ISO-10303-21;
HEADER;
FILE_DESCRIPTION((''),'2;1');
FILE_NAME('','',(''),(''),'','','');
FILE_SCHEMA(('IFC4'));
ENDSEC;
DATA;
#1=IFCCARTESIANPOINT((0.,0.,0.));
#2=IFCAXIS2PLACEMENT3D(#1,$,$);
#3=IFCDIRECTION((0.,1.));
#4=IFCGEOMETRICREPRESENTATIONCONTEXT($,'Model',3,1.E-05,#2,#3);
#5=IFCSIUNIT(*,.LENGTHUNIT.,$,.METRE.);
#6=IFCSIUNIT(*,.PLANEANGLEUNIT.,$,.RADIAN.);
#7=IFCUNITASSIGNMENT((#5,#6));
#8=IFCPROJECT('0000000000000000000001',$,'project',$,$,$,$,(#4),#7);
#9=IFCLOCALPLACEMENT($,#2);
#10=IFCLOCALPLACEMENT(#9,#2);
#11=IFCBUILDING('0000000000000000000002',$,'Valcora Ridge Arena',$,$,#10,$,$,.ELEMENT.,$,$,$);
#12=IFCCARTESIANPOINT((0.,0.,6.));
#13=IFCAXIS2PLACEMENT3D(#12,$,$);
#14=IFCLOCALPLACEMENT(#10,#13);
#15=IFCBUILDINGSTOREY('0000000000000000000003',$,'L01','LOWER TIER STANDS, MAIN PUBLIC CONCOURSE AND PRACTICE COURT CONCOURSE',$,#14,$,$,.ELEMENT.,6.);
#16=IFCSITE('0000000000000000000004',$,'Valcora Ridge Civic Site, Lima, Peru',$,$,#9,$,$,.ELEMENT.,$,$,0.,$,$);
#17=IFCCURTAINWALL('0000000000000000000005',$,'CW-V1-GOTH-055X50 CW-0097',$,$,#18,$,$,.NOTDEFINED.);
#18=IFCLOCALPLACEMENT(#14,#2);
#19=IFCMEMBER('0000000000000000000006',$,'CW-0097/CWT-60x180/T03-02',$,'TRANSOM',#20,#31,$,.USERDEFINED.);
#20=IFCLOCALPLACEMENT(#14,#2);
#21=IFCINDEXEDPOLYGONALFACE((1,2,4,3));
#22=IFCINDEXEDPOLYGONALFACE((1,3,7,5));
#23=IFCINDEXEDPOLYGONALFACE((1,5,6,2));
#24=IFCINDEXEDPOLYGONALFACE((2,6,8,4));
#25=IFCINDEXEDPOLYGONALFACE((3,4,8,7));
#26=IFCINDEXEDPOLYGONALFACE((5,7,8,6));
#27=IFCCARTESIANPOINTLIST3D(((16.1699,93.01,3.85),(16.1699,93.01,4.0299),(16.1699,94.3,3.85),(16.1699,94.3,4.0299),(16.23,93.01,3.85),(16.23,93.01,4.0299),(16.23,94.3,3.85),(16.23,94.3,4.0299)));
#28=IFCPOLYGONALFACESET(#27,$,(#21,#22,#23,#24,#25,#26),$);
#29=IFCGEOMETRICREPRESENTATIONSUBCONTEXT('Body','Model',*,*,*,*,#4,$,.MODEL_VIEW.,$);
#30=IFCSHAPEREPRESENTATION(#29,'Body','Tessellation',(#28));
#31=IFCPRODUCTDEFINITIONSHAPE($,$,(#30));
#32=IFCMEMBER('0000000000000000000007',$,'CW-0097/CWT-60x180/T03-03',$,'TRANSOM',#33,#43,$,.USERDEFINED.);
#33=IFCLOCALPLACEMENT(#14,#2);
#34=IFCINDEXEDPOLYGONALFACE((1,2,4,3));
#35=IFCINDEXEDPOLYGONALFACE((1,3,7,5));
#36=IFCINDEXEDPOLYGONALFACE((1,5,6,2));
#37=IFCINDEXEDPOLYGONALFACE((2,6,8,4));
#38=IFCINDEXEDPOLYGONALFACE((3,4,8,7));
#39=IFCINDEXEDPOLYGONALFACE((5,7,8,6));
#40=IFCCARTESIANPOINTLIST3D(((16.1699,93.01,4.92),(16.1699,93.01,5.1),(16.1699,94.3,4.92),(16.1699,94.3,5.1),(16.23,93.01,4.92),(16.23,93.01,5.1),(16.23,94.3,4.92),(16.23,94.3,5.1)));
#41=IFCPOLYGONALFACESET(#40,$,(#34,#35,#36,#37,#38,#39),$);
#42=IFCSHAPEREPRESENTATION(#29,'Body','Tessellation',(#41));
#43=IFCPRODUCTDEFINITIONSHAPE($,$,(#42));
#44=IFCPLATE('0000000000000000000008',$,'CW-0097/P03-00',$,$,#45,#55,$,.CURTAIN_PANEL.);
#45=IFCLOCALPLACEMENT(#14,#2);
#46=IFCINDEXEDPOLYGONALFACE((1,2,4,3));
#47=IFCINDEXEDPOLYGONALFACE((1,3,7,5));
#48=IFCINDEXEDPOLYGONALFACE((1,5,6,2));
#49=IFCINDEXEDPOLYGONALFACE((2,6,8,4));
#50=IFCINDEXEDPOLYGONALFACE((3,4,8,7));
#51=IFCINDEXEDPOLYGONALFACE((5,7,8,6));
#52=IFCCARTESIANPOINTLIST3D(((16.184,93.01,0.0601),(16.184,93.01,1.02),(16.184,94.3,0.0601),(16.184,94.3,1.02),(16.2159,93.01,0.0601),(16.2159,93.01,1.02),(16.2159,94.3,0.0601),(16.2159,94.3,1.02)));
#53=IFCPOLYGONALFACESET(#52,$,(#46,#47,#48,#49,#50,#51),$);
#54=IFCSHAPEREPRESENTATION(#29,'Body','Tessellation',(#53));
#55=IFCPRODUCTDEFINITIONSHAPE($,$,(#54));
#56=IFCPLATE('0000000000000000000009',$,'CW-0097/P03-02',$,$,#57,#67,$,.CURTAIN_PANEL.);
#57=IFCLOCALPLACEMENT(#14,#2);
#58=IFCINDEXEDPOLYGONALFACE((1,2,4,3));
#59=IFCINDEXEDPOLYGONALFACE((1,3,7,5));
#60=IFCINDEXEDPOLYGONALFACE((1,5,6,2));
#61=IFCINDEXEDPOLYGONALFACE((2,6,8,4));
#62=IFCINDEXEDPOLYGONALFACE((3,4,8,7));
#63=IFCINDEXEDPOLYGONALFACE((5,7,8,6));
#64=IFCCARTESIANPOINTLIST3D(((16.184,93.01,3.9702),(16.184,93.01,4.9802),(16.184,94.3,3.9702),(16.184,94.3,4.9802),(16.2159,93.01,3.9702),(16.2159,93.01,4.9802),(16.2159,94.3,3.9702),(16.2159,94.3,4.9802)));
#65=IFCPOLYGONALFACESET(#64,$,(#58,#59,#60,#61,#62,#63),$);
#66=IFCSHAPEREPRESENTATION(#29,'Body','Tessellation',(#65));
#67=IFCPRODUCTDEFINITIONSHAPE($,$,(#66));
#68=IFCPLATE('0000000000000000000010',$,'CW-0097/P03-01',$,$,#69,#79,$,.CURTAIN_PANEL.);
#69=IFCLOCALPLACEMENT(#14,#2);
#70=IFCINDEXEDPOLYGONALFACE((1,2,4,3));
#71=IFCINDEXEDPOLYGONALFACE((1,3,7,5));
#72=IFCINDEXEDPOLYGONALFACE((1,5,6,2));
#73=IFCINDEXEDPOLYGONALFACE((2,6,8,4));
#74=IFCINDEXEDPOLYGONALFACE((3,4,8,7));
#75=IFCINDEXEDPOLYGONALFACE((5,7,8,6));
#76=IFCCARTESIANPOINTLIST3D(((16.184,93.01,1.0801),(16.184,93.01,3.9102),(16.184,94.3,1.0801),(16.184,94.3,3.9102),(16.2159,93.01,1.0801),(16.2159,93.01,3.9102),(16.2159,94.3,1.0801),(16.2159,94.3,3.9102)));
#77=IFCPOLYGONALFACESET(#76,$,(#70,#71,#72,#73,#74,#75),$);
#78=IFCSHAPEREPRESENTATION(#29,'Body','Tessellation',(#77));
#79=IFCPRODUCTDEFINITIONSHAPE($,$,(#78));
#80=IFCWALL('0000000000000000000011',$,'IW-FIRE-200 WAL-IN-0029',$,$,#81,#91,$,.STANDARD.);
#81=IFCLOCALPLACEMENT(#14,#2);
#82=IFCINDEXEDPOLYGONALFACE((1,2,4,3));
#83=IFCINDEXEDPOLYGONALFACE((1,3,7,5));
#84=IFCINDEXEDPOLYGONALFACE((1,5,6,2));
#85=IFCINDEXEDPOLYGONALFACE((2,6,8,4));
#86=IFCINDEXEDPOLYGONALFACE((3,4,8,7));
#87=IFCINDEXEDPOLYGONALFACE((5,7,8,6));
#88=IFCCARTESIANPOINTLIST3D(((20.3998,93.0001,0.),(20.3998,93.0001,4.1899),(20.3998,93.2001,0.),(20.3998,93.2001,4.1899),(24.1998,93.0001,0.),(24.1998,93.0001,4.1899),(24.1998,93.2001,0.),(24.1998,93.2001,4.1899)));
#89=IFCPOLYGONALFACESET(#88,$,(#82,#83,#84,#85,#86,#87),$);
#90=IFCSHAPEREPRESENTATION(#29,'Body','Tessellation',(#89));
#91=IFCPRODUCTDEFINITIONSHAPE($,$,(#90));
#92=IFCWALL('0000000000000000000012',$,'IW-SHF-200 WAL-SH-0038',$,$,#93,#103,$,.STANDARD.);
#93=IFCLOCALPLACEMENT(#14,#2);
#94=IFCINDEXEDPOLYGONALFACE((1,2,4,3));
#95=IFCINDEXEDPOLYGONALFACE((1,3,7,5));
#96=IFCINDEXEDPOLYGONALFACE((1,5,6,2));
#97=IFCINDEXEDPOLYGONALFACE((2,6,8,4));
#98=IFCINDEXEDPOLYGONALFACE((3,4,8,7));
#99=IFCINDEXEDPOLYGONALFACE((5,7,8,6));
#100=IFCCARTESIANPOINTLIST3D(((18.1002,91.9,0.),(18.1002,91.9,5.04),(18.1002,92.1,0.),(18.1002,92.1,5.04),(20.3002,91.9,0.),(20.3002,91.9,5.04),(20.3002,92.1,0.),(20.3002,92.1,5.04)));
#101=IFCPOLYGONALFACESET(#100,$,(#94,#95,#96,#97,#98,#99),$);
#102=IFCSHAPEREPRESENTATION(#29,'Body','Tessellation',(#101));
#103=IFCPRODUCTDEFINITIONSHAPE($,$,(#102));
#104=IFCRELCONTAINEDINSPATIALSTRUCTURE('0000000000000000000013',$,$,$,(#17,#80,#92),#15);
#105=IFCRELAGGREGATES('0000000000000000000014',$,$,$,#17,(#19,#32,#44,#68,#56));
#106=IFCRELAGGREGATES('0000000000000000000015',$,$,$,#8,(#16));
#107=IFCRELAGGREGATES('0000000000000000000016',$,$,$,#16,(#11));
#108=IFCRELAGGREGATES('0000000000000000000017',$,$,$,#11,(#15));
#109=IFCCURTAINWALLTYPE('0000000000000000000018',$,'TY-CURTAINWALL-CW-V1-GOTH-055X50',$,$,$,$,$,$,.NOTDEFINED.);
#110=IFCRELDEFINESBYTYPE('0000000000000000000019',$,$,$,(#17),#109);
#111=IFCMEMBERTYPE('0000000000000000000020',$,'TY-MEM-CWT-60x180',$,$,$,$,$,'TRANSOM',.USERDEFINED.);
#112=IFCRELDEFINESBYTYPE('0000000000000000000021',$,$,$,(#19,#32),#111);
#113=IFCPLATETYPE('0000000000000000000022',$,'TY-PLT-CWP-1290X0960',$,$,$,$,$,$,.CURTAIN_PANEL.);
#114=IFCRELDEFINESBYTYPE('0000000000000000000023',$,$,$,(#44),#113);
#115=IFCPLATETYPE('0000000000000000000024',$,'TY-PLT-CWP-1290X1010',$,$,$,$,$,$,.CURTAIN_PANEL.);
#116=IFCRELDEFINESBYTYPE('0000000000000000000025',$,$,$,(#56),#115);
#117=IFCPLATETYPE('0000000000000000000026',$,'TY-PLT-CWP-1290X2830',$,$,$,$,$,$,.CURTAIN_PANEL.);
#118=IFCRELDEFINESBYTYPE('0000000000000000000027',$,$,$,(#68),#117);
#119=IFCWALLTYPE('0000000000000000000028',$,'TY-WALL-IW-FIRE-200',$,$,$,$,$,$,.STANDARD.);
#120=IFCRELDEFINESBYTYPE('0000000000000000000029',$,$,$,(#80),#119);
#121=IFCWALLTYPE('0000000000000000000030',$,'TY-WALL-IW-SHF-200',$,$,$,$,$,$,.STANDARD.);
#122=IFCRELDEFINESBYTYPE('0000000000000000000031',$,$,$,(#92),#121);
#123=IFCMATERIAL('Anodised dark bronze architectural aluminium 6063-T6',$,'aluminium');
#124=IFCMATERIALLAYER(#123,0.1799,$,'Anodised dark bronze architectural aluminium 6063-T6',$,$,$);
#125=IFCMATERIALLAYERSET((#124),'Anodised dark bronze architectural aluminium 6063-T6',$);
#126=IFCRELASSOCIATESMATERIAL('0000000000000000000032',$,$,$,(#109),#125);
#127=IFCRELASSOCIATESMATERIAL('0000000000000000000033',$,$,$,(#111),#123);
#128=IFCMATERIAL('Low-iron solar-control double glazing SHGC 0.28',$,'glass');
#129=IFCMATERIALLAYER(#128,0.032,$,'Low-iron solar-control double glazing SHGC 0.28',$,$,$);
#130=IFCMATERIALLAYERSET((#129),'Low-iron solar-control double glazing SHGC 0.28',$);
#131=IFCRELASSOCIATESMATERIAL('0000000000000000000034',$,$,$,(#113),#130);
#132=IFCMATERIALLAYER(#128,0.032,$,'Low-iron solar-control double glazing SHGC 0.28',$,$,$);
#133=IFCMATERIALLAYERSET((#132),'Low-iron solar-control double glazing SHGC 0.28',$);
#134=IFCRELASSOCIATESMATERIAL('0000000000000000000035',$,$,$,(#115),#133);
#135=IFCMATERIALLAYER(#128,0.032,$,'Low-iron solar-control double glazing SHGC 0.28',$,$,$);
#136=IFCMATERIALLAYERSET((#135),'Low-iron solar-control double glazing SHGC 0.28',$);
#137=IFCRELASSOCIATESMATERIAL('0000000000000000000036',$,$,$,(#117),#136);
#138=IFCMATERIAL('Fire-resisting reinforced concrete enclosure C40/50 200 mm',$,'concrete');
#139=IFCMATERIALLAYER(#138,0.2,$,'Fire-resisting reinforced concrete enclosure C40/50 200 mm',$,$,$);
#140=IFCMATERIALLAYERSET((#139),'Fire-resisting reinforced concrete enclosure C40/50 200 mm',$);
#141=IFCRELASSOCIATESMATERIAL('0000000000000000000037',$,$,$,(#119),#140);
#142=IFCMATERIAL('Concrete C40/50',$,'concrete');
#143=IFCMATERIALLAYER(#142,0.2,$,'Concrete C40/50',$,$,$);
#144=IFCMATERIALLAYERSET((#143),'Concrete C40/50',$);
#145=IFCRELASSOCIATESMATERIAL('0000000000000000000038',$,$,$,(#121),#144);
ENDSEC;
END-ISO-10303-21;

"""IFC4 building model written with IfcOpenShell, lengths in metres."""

from ifc_helpers import new_model, si_unit, direction, frame, frame_2d, origin, origin_2d, place, context, subcontext, project, spatial, rectangle, extrude, material, layer, layer_set, material_profile, profile_set, type_object, element, aggregate, save


model = new_model("IFC4")

# Units and contexts
model_context = context("Model", 3, precision=1e-05, world=origin(), true_north=direction((0.0, 1.0)))
body_context = subcontext(model_context, "Body", "Model", "MODEL_VIEW")
ifc_project = project(units=[si_unit("LENGTHUNIT", "METRE"), si_unit("PLANEANGLEUNIT", "RADIAN")], contexts=[model_context])

# Site, building, storey
site_placement = place(None, origin())
site = spatial("IfcSite", under=ifc_project, at=site_placement, Name="Valcora Ridge Civic Site, Lima, Peru", CompositionType="ELEMENT", RefElevation=0.0)
building_placement = place(site_placement, origin())
building = spatial("IfcBuilding", under=site, at=building_placement, Name="Valcora Ridge Arena", CompositionType="ELEMENT")
storey_placement = place(building_placement, frame((0.0, 0.0, 6.0)))
storey = spatial("IfcBuildingStorey", under=building, at=storey_placement, Name="L01", Description="LOWER TIER STANDS, MAIN PUBLIC CONCOURSE AND PRACTICE COURT CONCOURSE", CompositionType="ELEMENT", Elevation=6.0)

# Shared definitions
ifc_material_1 = material(Name="Concrete C40/50", Category="concrete")

# Curtain wall, members, plates
ifc_material_2 = material(Name="Anodised dark bronze architectural aluminium 6063-T6", Category="aluminium")
ifc_layer_1 = layer(ifc_material_2, 0.1799, Name="Anodised dark bronze architectural aluminium 6063-T6")
ifc_layer_set_1 = layer_set([ifc_layer_1], Name="Anodised dark bronze architectural aluminium 6063-T6")
curtain_wall_type = type_object("IfcCurtainWallType", Name="TY-CURTAINWALL-CW-V1-GOTH-055X50", PredefinedType="NOTDEFINED", material=ifc_layer_set_1)
curtain_wall_placement = place(storey_placement, origin())
curtain_wall = element("IfcCurtainWall", 1, at=curtain_wall_placement, inside=storey, type_object=curtain_wall_type, Name="CW-V1-GOTH-055X50 CW-0097", PredefinedType="NOTDEFINED")
ifc_material_profile_1 = material_profile(ifc_material_2, rectangle(XDim=0.0601, YDim=0.1799, at=origin_2d()), Name="ALU TRANSOM 60x180")
ifc_profile_set_1 = profile_set([ifc_material_profile_1], Name="Anodised dark bronze architectural aluminium 6063-T6")
member_type_1 = type_object("IfcMemberType", Name="TY-MEM-CWT-60x180", ElementType="TRANSOM", PredefinedType="USERDEFINED", material=ifc_profile_set_1)
member_1_placement = place(storey_placement, frame((16.2, 93.01, 3.9399), z_axis=(0.0, 1.0, 0.0), x_axis=(-1.0, 0.0, 0.0)))
member_1 = element("IfcMember", 2, at=member_1_placement, type_object=member_type_1, Name="CW-0097/CWT-60x180/T03-02", ObjectType="TRANSOM", PredefinedType="USERDEFINED", context=body_context, shape_type="SweptSolid", body=[
    extrude(rectangle(XDim=0.0601, YDim=0.1799, at=origin_2d()), origin(), (0.0, 0.0, 1.0), 1.29),
])
member_2_placement = place(storey_placement, frame((16.2, 93.01, 5.01), z_axis=(0.0, 1.0, 0.0), x_axis=(-1.0, 0.0, 0.0)))
member_2 = element("IfcMember", 3, at=member_2_placement, type_object=member_type_1, Name="CW-0097/CWT-60x180/T03-03", ObjectType="TRANSOM", PredefinedType="USERDEFINED", context=body_context, shape_type="SweptSolid", body=[
    extrude(rectangle(XDim=0.0601, YDim=0.1799, at=origin_2d()), origin(), (0.0, 0.0, 1.0), 1.29),
])
ifc_material_3 = material(Name="Low-iron solar-control double glazing SHGC 0.28", Category="glass")
ifc_layer_2 = layer(ifc_material_3, 0.032, Name="Low-iron solar-control double glazing SHGC 0.28")
ifc_layer_set_2 = layer_set([ifc_layer_2], Name="Low-iron solar-control double glazing SHGC 0.28")
plate_type_1 = type_object("IfcPlateType", Name="TY-PLT-CWP-1290X0960", PredefinedType="CURTAIN_PANEL", material=ifc_layer_set_2)
plate_1_placement = place(storey_placement, frame((16.2, 93.655, 0.0601), z_axis=(0.0, 0.0, 1.0), x_axis=(0.0, 1.0, 0.0)))
plate_1 = element("IfcPlate", 4, at=plate_1_placement, type_object=plate_type_1, Name="CW-0097/P03-00", PredefinedType="CURTAIN_PANEL", context=body_context, shape_type="SweptSolid", body=[
    extrude(rectangle(XDim=1.29, YDim=0.032, at=origin_2d()), origin(), (0.0, 0.0, 1.0), 0.96),
])
ifc_layer_3 = layer(ifc_material_3, 0.032, Name="Low-iron solar-control double glazing SHGC 0.28")
ifc_layer_set_3 = layer_set([ifc_layer_3], Name="Low-iron solar-control double glazing SHGC 0.28")
plate_type_2 = type_object("IfcPlateType", Name="TY-PLT-CWP-1290X1010", PredefinedType="CURTAIN_PANEL", material=ifc_layer_set_3)
plate_2_placement = place(storey_placement, frame((16.2, 93.655, 3.9702), z_axis=(0.0, 0.0, 1.0), x_axis=(0.0, 1.0, 0.0)))
plate_2 = element("IfcPlate", 5, at=plate_2_placement, type_object=plate_type_2, Name="CW-0097/P03-02", PredefinedType="CURTAIN_PANEL", context=body_context, shape_type="SweptSolid", body=[
    extrude(rectangle(XDim=1.29, YDim=0.032, at=origin_2d()), origin(), (0.0, 0.0, 1.0), 1.01),
])
ifc_layer_4 = layer(ifc_material_3, 0.032, Name="Low-iron solar-control double glazing SHGC 0.28")
ifc_layer_set_4 = layer_set([ifc_layer_4], Name="Low-iron solar-control double glazing SHGC 0.28")
plate_type_3 = type_object("IfcPlateType", Name="TY-PLT-CWP-1290X2830", PredefinedType="CURTAIN_PANEL", material=ifc_layer_set_4)
plate_3_placement = place(storey_placement, frame((16.2, 93.655, 1.0801), z_axis=(0.0, 0.0, 1.0), x_axis=(0.0, 1.0, 0.0)))
plate_3 = element("IfcPlate", 6, at=plate_3_placement, type_object=plate_type_3, Name="CW-0097/P03-01", PredefinedType="CURTAIN_PANEL", context=body_context, shape_type="SweptSolid", body=[
    extrude(rectangle(XDim=1.29, YDim=0.032, at=origin_2d()), origin(), (0.0, 0.0, 1.0), 2.8301),
])
aggregate(curtain_wall, [member_1, member_2, plate_1, plate_3, plate_2])

# Walls
ifc_material_4 = material(Name="Fire-resisting reinforced concrete enclosure C40/50 200 mm", Category="concrete")
ifc_layer_5 = layer(ifc_material_4, 0.2, Name="Fire-resisting reinforced concrete enclosure C40/50 200 mm")
ifc_layer_set_5 = layer_set([ifc_layer_5], Name="Fire-resisting reinforced concrete enclosure C40/50 200 mm")
wall_type_1 = type_object("IfcWallType", Name="TY-WALL-IW-FIRE-200", PredefinedType="STANDARD", material=ifc_layer_set_5)
wall_1_placement = place(storey_placement, frame((20.3999, 93.1001, 0.0), z_axis=(0.0, 0.0, 1.0), x_axis=(1.0, 0.0, 0.0)))
element("IfcWall", 7, at=wall_1_placement, inside=storey, type_object=wall_type_1, Name="IW-FIRE-200 WAL-IN-0029", PredefinedType="STANDARD", context=body_context, shape_type="SweptSolid", body=[
    extrude(rectangle(XDim=3.8, YDim=0.2, at=frame_2d((1.8999, 0.0))), origin(), (0.0, 0.0, 1.0), 4.1899),
])
ifc_layer_6 = layer(ifc_material_1, 0.2, Name="Concrete C40/50")
ifc_layer_set_6 = layer_set([ifc_layer_6], Name="Concrete C40/50")
wall_type_2 = type_object("IfcWallType", Name="TY-WALL-IW-SHF-200", PredefinedType="STANDARD", material=ifc_layer_set_6)
wall_2_placement = place(storey_placement, frame((18.1001, 92.0, 0.0), z_axis=(0.0, 0.0, 1.0), x_axis=(1.0, 0.0, 0.0)))
element("IfcWall", 8, at=wall_2_placement, inside=storey, type_object=wall_type_2, Name="IW-SHF-200 WAL-SH-0038", PredefinedType="STANDARD", context=body_context, shape_type="SweptSolid", body=[
    extrude(rectangle(XDim=2.2, YDim=0.2, at=frame_2d((1.1001, 0.0))), origin(), (0.0, 0.0, 1.0), 5.04),
])

save(model, "model.ifc")
